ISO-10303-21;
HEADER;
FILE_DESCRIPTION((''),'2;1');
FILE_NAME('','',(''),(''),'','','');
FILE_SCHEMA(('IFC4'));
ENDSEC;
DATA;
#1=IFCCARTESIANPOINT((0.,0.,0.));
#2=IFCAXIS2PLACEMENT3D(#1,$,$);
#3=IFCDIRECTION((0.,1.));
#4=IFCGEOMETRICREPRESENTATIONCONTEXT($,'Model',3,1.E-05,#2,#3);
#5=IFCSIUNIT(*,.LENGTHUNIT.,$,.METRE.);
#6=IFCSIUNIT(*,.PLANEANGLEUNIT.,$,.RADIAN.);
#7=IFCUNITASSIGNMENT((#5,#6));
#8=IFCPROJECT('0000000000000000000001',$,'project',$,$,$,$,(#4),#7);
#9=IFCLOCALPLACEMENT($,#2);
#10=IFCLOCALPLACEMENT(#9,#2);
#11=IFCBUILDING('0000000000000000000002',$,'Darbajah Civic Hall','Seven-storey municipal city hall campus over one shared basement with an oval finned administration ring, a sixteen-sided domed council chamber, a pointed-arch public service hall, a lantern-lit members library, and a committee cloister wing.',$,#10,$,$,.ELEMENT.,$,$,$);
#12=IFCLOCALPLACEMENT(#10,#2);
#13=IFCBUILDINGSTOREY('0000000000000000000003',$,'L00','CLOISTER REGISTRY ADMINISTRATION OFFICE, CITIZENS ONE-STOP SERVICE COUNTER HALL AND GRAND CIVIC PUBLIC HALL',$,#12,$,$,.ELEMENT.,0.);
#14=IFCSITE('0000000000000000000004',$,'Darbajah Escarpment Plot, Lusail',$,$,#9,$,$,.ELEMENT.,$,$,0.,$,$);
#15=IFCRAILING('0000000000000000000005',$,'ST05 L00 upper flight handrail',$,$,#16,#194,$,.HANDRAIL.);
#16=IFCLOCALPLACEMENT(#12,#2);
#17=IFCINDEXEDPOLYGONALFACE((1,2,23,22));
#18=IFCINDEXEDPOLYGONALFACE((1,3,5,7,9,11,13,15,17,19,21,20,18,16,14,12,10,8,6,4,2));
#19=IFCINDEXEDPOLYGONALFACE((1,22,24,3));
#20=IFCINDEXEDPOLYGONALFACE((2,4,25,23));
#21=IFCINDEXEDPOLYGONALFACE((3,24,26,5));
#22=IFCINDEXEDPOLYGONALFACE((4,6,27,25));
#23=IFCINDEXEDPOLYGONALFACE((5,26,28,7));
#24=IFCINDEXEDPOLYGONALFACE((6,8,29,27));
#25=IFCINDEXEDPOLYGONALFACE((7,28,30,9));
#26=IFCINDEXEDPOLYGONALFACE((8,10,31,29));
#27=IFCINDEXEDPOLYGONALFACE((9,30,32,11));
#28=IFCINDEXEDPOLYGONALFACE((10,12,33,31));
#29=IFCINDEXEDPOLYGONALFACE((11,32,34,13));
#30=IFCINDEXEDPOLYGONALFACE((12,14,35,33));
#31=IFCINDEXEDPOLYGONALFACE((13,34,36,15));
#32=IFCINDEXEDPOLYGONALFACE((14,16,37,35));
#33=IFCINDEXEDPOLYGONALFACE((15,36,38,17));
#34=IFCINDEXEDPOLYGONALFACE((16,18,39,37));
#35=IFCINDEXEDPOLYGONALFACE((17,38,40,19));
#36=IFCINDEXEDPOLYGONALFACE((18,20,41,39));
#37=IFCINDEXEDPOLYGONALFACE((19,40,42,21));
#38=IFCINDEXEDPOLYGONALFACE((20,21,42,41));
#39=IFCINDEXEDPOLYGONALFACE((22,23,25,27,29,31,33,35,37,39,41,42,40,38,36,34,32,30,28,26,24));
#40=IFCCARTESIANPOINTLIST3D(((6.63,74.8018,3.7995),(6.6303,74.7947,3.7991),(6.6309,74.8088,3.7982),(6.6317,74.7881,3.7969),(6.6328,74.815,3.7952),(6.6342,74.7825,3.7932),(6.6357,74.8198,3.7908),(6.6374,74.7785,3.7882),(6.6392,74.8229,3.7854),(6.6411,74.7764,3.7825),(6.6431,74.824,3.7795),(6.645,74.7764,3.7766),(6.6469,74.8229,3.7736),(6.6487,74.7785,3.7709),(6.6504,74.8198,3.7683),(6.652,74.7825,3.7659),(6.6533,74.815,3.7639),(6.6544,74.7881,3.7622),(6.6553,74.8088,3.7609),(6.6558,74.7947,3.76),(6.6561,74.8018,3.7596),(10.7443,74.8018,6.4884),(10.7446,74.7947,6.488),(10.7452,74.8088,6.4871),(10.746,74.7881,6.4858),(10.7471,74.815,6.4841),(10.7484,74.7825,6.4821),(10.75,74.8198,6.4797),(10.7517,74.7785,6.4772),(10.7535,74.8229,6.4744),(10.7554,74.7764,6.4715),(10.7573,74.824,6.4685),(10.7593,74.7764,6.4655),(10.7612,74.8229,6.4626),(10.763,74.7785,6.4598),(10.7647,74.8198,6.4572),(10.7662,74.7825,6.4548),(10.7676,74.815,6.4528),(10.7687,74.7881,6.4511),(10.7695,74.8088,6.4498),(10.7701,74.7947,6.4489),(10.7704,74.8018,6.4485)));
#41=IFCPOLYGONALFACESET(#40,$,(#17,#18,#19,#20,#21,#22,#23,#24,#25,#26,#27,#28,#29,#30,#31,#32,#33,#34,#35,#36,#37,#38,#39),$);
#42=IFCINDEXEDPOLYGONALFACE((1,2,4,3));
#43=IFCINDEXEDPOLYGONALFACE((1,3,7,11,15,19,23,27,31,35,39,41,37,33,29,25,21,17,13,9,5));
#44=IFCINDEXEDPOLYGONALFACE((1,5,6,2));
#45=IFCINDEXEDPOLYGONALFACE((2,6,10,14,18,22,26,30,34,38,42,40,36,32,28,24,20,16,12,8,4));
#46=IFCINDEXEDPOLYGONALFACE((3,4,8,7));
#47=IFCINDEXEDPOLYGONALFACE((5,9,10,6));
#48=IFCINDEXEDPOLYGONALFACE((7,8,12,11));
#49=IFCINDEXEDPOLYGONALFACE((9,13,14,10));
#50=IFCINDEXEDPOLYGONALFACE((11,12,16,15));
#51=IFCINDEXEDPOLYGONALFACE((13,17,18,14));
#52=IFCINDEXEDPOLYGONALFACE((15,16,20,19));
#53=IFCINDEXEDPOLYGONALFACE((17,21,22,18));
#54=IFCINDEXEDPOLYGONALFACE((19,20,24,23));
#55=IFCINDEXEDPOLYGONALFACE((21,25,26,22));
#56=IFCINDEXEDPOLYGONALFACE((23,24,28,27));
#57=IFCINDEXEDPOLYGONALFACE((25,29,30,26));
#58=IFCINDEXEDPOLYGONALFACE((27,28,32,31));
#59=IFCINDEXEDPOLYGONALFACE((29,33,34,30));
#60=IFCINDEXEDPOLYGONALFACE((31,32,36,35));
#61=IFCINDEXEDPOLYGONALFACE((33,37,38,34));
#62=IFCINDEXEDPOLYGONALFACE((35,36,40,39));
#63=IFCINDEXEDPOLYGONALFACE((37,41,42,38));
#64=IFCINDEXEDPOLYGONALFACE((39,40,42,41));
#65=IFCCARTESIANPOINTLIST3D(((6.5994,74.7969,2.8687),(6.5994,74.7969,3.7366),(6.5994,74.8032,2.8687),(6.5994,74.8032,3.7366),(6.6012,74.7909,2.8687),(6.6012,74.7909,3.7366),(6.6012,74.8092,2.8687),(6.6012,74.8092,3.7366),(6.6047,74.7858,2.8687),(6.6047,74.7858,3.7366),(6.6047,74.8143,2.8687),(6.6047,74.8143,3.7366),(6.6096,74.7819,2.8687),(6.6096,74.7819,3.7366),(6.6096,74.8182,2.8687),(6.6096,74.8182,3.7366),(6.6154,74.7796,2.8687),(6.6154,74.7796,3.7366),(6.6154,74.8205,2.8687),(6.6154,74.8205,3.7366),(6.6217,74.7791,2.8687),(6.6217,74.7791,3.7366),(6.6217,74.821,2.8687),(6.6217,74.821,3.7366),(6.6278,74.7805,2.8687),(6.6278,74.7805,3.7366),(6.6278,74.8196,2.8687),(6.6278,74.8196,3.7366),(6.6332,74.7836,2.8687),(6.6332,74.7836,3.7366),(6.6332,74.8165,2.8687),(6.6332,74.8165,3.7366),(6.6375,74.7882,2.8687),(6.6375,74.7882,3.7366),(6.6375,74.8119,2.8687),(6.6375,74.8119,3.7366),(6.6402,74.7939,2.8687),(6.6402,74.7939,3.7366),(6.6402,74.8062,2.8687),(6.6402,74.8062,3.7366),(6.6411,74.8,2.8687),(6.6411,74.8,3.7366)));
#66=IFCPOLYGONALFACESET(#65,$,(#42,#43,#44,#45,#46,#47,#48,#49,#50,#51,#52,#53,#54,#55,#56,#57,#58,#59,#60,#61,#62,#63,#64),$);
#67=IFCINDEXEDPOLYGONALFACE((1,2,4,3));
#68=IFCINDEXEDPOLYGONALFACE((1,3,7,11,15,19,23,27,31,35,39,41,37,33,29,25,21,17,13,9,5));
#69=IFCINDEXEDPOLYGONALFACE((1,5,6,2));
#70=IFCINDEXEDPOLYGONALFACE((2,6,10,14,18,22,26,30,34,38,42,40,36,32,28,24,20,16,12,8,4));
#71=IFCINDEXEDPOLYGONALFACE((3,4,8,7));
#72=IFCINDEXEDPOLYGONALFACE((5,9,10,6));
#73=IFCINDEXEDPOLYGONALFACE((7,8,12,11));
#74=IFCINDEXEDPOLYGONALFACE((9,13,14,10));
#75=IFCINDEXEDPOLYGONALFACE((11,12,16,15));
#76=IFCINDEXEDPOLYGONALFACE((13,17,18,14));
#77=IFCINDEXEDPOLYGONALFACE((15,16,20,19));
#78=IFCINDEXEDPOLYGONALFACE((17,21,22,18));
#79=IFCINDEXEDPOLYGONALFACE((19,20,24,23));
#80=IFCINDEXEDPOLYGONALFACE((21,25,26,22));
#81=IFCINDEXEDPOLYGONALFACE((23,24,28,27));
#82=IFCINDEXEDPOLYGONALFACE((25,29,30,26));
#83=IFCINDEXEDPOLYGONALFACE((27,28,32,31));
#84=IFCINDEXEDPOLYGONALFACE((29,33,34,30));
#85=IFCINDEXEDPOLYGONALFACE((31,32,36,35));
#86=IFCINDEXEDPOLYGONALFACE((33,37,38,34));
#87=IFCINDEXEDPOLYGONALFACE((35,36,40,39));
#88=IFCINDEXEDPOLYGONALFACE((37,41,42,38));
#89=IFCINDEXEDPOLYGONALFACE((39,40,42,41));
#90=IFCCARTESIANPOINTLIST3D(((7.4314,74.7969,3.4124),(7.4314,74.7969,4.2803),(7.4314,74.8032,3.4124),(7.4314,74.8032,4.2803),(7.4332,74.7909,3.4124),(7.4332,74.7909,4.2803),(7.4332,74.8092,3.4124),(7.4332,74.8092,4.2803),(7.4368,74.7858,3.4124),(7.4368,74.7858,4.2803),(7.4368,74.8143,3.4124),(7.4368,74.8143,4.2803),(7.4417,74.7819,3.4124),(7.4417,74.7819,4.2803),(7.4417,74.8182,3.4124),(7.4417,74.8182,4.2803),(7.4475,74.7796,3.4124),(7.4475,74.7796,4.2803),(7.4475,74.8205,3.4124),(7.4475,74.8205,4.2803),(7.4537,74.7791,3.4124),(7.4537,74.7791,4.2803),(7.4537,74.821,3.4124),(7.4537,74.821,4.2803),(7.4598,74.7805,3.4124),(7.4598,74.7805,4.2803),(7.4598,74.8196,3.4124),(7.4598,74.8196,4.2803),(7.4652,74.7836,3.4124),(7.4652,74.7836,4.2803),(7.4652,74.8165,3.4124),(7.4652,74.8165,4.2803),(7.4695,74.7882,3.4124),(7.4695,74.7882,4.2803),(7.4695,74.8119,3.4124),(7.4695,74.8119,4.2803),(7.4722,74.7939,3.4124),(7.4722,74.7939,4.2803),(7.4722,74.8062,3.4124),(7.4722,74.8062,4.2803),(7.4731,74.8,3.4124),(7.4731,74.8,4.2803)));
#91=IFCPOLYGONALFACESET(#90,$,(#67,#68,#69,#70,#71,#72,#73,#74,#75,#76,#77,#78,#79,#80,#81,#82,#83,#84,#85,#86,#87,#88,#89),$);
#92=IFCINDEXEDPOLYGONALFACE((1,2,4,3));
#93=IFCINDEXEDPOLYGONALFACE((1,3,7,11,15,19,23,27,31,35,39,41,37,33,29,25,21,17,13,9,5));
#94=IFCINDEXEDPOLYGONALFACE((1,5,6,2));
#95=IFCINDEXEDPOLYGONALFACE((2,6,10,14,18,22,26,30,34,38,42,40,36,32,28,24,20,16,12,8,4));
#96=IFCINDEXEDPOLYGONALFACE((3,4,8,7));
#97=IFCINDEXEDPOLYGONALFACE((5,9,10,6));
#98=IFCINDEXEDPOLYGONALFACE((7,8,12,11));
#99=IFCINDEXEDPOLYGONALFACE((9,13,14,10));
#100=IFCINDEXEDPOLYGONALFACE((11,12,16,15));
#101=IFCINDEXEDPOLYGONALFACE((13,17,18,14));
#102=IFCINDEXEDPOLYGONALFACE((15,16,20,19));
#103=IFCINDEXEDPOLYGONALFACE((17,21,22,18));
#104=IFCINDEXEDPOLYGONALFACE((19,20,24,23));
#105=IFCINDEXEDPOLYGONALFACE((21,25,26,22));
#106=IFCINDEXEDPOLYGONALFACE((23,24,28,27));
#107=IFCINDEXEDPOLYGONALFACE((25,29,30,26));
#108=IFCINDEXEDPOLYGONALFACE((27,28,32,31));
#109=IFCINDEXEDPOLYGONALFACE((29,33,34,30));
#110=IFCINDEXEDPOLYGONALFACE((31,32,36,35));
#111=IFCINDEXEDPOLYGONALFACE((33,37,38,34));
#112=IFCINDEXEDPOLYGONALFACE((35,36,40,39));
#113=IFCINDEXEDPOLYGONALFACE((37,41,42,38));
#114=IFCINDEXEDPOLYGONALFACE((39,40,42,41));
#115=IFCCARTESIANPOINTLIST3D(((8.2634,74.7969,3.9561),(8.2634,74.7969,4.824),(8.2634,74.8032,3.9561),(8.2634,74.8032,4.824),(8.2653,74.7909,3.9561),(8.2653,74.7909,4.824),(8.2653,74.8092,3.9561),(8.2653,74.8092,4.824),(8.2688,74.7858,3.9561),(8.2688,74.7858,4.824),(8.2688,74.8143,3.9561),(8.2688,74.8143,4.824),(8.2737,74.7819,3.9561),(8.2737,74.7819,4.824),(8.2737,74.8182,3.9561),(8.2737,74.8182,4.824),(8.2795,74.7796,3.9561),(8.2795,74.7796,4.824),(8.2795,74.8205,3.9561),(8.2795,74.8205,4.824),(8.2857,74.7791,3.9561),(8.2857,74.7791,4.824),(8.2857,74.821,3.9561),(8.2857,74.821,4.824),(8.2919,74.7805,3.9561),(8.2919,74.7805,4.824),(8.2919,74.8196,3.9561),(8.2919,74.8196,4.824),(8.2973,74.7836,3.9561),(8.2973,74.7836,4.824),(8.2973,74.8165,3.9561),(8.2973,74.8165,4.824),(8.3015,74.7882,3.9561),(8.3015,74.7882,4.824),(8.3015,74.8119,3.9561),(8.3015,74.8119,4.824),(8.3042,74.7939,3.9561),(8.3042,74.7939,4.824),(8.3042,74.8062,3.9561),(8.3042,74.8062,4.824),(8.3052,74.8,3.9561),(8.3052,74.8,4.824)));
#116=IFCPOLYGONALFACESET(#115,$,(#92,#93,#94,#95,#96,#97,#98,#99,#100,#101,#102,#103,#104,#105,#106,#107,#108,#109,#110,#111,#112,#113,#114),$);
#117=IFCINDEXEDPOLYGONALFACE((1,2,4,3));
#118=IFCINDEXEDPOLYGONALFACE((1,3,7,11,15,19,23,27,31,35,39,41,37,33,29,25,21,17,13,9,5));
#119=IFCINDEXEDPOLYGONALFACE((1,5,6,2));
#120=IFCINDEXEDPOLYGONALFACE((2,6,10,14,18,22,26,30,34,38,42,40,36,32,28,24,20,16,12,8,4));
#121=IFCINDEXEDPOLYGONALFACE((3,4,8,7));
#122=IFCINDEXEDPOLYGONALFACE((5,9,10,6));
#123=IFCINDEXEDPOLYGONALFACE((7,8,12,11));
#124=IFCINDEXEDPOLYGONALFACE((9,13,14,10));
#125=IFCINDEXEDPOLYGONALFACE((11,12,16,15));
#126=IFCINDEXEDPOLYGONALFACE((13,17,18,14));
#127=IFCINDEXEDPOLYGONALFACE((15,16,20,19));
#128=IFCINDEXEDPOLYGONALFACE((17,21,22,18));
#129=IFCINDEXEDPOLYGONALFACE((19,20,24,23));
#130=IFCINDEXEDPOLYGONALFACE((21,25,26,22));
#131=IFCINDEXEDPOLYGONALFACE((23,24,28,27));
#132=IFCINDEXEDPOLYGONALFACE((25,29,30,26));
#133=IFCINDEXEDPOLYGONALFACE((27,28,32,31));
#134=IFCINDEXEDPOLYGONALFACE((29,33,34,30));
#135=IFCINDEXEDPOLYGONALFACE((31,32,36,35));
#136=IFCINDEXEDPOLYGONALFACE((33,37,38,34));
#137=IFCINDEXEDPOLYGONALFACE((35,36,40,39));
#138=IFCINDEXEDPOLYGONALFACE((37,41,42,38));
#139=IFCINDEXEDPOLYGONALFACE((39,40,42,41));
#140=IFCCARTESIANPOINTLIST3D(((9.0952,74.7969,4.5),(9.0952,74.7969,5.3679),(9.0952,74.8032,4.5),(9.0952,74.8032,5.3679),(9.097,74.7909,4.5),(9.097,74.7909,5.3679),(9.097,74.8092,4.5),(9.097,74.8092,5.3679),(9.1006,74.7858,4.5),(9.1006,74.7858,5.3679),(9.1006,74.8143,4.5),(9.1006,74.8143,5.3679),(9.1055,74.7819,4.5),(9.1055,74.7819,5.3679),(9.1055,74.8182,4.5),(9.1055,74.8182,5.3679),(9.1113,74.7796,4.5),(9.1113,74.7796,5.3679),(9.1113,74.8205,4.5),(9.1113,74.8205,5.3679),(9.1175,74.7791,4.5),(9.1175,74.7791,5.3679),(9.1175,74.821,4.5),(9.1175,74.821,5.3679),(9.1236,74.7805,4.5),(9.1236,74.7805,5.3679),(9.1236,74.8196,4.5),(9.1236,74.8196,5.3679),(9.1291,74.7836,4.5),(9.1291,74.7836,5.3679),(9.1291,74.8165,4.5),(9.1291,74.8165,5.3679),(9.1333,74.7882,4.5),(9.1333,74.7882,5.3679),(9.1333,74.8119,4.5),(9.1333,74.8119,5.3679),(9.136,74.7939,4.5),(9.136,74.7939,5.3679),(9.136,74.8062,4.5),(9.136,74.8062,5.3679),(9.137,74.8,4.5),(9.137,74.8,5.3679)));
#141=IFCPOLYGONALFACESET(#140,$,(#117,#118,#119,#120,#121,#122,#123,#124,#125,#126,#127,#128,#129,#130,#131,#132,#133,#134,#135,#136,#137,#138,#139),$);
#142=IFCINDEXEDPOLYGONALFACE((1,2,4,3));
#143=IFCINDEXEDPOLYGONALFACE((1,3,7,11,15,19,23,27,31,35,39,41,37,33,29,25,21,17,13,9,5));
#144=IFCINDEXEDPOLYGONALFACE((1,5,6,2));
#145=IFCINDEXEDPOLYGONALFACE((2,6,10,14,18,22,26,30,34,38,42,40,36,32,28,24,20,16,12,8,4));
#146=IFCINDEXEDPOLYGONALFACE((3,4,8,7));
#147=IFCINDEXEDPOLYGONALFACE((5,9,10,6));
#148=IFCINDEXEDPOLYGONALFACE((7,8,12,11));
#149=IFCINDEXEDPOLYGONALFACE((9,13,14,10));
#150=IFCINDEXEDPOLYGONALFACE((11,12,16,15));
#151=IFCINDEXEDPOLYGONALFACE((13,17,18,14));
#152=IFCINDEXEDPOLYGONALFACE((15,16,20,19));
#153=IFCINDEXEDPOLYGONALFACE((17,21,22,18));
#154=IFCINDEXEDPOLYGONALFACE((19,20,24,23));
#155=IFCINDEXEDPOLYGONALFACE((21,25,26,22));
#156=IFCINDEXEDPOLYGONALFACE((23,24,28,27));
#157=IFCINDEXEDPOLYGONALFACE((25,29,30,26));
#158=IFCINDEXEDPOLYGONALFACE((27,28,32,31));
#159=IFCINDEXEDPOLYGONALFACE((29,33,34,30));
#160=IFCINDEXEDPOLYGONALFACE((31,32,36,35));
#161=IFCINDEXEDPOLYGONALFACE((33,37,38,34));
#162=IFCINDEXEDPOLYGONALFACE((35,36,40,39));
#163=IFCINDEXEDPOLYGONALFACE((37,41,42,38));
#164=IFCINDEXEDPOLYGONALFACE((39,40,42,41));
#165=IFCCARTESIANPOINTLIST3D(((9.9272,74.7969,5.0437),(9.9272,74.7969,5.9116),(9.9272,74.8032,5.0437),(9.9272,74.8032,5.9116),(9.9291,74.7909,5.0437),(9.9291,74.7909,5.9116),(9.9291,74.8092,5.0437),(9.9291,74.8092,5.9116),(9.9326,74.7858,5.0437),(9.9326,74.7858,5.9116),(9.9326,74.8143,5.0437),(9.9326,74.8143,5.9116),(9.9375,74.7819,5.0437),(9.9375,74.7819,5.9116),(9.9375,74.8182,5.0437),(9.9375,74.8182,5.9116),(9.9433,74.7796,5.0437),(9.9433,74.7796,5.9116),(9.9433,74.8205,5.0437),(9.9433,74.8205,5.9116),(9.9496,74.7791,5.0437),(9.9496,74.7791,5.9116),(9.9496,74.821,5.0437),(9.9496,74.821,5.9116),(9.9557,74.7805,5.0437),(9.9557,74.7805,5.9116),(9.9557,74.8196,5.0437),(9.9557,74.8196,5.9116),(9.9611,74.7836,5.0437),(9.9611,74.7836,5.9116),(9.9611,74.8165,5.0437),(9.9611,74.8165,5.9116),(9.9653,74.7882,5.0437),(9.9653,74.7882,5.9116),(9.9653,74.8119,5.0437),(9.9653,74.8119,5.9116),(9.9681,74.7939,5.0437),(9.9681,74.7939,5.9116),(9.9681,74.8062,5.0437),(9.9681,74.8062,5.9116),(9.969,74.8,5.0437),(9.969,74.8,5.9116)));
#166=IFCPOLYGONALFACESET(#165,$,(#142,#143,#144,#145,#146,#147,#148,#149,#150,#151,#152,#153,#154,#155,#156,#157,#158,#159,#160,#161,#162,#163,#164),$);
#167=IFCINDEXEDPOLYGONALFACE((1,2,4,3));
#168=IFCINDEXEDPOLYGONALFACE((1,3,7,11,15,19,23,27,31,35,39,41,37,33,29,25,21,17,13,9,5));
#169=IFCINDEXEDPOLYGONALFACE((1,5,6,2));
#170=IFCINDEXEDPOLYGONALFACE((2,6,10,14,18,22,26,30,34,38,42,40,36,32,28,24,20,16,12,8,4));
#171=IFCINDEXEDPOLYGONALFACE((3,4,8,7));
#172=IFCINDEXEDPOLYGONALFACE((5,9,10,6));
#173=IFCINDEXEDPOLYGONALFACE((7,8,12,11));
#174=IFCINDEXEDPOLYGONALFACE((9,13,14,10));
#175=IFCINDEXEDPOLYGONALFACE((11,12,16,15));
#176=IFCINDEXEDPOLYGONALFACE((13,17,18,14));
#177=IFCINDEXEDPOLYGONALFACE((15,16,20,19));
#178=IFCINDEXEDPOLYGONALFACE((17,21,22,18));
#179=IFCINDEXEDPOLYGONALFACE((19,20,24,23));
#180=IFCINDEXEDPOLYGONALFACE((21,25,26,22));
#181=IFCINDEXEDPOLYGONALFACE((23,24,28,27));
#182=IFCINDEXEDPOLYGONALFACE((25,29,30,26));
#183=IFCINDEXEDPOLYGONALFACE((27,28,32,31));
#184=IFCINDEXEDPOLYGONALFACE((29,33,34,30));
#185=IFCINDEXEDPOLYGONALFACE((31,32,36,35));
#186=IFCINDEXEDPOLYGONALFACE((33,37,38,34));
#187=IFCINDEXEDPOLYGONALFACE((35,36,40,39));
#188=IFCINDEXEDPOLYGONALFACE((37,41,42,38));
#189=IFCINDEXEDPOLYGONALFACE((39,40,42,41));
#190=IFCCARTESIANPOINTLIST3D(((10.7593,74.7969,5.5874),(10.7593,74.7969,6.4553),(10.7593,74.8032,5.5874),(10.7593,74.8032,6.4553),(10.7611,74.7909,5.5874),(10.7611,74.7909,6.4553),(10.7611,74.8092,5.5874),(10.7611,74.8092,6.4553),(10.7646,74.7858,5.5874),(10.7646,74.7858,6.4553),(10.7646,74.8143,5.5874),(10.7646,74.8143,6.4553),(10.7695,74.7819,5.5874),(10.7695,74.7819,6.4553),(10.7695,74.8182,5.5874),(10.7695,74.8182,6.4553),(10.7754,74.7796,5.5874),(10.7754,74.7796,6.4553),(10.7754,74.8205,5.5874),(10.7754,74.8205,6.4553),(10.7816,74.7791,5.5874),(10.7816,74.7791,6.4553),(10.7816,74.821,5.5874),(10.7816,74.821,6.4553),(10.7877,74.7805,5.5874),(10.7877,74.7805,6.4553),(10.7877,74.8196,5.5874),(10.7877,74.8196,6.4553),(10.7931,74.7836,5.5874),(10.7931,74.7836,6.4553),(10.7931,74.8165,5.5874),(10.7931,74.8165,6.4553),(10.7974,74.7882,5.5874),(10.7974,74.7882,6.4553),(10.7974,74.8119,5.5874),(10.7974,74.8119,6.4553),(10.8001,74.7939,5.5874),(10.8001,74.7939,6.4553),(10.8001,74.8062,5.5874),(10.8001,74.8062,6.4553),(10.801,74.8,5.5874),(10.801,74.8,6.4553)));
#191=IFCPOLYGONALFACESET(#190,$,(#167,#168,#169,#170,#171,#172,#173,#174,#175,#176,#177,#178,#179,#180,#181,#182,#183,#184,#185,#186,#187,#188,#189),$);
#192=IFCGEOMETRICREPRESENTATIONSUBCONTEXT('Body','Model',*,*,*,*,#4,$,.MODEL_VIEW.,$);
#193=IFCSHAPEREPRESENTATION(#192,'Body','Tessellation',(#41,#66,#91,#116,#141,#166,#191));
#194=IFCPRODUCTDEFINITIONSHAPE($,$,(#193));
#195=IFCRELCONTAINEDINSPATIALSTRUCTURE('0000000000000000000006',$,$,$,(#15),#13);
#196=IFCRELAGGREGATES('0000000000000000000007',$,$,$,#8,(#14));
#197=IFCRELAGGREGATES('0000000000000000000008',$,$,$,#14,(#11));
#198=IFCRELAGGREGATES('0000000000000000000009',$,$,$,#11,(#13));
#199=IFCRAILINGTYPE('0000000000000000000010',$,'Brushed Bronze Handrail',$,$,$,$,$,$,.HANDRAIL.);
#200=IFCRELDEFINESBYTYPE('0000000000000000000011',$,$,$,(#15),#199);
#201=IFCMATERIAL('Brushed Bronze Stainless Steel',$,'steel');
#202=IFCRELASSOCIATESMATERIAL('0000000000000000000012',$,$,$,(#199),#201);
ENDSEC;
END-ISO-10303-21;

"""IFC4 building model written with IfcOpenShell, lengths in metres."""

from ifc_helpers import new_model, si_unit, direction, frame, origin, origin_2d, place, context, subcontext, project, spatial, circle, extrude, material, type_object, element, save


model = new_model("IFC4")

# Units and contexts
model_context = context("Model", 3, precision=1e-05, world=origin(), true_north=direction((0.0, 1.0)))
body_context = subcontext(model_context, "Body", "Model", "MODEL_VIEW")
ifc_project = project(units=[si_unit("LENGTHUNIT", "METRE"), si_unit("PLANEANGLEUNIT", "RADIAN")], contexts=[model_context])

# Site, building, storey
site_placement = place(None, origin())
site = spatial("IfcSite", under=ifc_project, at=site_placement, Name="Darbajah Escarpment Plot, Lusail", CompositionType="ELEMENT", RefElevation=0.0)
building_placement = place(site_placement, origin())
building = spatial("IfcBuilding", under=site, at=building_placement, Name="Darbajah Civic Hall", Description="Seven-storey municipal city hall campus over one shared basement with an oval finned administration ring, a sixteen-sided domed council chamber, a pointed-arch public service hall, a lantern-lit members library, and a committee cloister wing.", CompositionType="ELEMENT")
storey_placement = place(building_placement, origin())
storey = spatial("IfcBuildingStorey", under=building, at=storey_placement, Name="L00", Description="CLOISTER REGISTRY ADMINISTRATION OFFICE, CITIZENS ONE-STOP SERVICE COUNTER HALL AND GRAND CIVIC PUBLIC HALL", CompositionType="ELEMENT", Elevation=0.0)

# Railing
ifc_material_1 = material(Name="Brushed Bronze Stainless Steel", Category="steel")
railing_type_1 = type_object("IfcRailingType", Name="Brushed Bronze Handrail", PredefinedType="HANDRAIL", material=ifc_material_1)
railing_1_placement = place(storey_placement, frame((6.6201, 74.8, 2.8687)))
element("IfcRailing", 1, at=railing_1_placement, inside=storey, type_object=railing_type_1, Name="ST05 L00 upper flight handrail", PredefinedType="HANDRAIL", context=body_context, shape_type="SweptSolid", body=[
    extrude(circle(Radius=0.0239, at=origin_2d()), frame((0.0229, 0.0, 0.9109), z_axis=(0.83708, 0.0, 0.547081), x_axis=(0.0, 1.0, 0.0)), (0.0, 0.0, 1.0), 4.915),
    extrude(circle(Radius=0.021, at=origin_2d()), origin(), (0.0, 0.0, 1.0), 0.8679),
    extrude(circle(Radius=0.021, at=origin_2d()), frame((0.832, 0.0, 0.5437)), (0.0, 0.0, 1.0), 0.8679),
    extrude(circle(Radius=0.021, at=origin_2d()), frame((1.6641, 0.0, 1.0874)), (0.0, 0.0, 1.0), 0.8679),
    extrude(circle(Radius=0.021, at=origin_2d()), frame((2.4958, 0.0, 1.6313)), (0.0, 0.0, 1.0), 0.8679),
    extrude(circle(Radius=0.021, at=origin_2d()), frame((3.3279, 0.0, 2.175)), (0.0, 0.0, 1.0), 0.8679),
    extrude(circle(Radius=0.021, at=origin_2d()), frame((4.1599, 0.0, 2.7188)), (0.0, 0.0, 1.0), 0.8679),
])

save(model, "model.ifc")
